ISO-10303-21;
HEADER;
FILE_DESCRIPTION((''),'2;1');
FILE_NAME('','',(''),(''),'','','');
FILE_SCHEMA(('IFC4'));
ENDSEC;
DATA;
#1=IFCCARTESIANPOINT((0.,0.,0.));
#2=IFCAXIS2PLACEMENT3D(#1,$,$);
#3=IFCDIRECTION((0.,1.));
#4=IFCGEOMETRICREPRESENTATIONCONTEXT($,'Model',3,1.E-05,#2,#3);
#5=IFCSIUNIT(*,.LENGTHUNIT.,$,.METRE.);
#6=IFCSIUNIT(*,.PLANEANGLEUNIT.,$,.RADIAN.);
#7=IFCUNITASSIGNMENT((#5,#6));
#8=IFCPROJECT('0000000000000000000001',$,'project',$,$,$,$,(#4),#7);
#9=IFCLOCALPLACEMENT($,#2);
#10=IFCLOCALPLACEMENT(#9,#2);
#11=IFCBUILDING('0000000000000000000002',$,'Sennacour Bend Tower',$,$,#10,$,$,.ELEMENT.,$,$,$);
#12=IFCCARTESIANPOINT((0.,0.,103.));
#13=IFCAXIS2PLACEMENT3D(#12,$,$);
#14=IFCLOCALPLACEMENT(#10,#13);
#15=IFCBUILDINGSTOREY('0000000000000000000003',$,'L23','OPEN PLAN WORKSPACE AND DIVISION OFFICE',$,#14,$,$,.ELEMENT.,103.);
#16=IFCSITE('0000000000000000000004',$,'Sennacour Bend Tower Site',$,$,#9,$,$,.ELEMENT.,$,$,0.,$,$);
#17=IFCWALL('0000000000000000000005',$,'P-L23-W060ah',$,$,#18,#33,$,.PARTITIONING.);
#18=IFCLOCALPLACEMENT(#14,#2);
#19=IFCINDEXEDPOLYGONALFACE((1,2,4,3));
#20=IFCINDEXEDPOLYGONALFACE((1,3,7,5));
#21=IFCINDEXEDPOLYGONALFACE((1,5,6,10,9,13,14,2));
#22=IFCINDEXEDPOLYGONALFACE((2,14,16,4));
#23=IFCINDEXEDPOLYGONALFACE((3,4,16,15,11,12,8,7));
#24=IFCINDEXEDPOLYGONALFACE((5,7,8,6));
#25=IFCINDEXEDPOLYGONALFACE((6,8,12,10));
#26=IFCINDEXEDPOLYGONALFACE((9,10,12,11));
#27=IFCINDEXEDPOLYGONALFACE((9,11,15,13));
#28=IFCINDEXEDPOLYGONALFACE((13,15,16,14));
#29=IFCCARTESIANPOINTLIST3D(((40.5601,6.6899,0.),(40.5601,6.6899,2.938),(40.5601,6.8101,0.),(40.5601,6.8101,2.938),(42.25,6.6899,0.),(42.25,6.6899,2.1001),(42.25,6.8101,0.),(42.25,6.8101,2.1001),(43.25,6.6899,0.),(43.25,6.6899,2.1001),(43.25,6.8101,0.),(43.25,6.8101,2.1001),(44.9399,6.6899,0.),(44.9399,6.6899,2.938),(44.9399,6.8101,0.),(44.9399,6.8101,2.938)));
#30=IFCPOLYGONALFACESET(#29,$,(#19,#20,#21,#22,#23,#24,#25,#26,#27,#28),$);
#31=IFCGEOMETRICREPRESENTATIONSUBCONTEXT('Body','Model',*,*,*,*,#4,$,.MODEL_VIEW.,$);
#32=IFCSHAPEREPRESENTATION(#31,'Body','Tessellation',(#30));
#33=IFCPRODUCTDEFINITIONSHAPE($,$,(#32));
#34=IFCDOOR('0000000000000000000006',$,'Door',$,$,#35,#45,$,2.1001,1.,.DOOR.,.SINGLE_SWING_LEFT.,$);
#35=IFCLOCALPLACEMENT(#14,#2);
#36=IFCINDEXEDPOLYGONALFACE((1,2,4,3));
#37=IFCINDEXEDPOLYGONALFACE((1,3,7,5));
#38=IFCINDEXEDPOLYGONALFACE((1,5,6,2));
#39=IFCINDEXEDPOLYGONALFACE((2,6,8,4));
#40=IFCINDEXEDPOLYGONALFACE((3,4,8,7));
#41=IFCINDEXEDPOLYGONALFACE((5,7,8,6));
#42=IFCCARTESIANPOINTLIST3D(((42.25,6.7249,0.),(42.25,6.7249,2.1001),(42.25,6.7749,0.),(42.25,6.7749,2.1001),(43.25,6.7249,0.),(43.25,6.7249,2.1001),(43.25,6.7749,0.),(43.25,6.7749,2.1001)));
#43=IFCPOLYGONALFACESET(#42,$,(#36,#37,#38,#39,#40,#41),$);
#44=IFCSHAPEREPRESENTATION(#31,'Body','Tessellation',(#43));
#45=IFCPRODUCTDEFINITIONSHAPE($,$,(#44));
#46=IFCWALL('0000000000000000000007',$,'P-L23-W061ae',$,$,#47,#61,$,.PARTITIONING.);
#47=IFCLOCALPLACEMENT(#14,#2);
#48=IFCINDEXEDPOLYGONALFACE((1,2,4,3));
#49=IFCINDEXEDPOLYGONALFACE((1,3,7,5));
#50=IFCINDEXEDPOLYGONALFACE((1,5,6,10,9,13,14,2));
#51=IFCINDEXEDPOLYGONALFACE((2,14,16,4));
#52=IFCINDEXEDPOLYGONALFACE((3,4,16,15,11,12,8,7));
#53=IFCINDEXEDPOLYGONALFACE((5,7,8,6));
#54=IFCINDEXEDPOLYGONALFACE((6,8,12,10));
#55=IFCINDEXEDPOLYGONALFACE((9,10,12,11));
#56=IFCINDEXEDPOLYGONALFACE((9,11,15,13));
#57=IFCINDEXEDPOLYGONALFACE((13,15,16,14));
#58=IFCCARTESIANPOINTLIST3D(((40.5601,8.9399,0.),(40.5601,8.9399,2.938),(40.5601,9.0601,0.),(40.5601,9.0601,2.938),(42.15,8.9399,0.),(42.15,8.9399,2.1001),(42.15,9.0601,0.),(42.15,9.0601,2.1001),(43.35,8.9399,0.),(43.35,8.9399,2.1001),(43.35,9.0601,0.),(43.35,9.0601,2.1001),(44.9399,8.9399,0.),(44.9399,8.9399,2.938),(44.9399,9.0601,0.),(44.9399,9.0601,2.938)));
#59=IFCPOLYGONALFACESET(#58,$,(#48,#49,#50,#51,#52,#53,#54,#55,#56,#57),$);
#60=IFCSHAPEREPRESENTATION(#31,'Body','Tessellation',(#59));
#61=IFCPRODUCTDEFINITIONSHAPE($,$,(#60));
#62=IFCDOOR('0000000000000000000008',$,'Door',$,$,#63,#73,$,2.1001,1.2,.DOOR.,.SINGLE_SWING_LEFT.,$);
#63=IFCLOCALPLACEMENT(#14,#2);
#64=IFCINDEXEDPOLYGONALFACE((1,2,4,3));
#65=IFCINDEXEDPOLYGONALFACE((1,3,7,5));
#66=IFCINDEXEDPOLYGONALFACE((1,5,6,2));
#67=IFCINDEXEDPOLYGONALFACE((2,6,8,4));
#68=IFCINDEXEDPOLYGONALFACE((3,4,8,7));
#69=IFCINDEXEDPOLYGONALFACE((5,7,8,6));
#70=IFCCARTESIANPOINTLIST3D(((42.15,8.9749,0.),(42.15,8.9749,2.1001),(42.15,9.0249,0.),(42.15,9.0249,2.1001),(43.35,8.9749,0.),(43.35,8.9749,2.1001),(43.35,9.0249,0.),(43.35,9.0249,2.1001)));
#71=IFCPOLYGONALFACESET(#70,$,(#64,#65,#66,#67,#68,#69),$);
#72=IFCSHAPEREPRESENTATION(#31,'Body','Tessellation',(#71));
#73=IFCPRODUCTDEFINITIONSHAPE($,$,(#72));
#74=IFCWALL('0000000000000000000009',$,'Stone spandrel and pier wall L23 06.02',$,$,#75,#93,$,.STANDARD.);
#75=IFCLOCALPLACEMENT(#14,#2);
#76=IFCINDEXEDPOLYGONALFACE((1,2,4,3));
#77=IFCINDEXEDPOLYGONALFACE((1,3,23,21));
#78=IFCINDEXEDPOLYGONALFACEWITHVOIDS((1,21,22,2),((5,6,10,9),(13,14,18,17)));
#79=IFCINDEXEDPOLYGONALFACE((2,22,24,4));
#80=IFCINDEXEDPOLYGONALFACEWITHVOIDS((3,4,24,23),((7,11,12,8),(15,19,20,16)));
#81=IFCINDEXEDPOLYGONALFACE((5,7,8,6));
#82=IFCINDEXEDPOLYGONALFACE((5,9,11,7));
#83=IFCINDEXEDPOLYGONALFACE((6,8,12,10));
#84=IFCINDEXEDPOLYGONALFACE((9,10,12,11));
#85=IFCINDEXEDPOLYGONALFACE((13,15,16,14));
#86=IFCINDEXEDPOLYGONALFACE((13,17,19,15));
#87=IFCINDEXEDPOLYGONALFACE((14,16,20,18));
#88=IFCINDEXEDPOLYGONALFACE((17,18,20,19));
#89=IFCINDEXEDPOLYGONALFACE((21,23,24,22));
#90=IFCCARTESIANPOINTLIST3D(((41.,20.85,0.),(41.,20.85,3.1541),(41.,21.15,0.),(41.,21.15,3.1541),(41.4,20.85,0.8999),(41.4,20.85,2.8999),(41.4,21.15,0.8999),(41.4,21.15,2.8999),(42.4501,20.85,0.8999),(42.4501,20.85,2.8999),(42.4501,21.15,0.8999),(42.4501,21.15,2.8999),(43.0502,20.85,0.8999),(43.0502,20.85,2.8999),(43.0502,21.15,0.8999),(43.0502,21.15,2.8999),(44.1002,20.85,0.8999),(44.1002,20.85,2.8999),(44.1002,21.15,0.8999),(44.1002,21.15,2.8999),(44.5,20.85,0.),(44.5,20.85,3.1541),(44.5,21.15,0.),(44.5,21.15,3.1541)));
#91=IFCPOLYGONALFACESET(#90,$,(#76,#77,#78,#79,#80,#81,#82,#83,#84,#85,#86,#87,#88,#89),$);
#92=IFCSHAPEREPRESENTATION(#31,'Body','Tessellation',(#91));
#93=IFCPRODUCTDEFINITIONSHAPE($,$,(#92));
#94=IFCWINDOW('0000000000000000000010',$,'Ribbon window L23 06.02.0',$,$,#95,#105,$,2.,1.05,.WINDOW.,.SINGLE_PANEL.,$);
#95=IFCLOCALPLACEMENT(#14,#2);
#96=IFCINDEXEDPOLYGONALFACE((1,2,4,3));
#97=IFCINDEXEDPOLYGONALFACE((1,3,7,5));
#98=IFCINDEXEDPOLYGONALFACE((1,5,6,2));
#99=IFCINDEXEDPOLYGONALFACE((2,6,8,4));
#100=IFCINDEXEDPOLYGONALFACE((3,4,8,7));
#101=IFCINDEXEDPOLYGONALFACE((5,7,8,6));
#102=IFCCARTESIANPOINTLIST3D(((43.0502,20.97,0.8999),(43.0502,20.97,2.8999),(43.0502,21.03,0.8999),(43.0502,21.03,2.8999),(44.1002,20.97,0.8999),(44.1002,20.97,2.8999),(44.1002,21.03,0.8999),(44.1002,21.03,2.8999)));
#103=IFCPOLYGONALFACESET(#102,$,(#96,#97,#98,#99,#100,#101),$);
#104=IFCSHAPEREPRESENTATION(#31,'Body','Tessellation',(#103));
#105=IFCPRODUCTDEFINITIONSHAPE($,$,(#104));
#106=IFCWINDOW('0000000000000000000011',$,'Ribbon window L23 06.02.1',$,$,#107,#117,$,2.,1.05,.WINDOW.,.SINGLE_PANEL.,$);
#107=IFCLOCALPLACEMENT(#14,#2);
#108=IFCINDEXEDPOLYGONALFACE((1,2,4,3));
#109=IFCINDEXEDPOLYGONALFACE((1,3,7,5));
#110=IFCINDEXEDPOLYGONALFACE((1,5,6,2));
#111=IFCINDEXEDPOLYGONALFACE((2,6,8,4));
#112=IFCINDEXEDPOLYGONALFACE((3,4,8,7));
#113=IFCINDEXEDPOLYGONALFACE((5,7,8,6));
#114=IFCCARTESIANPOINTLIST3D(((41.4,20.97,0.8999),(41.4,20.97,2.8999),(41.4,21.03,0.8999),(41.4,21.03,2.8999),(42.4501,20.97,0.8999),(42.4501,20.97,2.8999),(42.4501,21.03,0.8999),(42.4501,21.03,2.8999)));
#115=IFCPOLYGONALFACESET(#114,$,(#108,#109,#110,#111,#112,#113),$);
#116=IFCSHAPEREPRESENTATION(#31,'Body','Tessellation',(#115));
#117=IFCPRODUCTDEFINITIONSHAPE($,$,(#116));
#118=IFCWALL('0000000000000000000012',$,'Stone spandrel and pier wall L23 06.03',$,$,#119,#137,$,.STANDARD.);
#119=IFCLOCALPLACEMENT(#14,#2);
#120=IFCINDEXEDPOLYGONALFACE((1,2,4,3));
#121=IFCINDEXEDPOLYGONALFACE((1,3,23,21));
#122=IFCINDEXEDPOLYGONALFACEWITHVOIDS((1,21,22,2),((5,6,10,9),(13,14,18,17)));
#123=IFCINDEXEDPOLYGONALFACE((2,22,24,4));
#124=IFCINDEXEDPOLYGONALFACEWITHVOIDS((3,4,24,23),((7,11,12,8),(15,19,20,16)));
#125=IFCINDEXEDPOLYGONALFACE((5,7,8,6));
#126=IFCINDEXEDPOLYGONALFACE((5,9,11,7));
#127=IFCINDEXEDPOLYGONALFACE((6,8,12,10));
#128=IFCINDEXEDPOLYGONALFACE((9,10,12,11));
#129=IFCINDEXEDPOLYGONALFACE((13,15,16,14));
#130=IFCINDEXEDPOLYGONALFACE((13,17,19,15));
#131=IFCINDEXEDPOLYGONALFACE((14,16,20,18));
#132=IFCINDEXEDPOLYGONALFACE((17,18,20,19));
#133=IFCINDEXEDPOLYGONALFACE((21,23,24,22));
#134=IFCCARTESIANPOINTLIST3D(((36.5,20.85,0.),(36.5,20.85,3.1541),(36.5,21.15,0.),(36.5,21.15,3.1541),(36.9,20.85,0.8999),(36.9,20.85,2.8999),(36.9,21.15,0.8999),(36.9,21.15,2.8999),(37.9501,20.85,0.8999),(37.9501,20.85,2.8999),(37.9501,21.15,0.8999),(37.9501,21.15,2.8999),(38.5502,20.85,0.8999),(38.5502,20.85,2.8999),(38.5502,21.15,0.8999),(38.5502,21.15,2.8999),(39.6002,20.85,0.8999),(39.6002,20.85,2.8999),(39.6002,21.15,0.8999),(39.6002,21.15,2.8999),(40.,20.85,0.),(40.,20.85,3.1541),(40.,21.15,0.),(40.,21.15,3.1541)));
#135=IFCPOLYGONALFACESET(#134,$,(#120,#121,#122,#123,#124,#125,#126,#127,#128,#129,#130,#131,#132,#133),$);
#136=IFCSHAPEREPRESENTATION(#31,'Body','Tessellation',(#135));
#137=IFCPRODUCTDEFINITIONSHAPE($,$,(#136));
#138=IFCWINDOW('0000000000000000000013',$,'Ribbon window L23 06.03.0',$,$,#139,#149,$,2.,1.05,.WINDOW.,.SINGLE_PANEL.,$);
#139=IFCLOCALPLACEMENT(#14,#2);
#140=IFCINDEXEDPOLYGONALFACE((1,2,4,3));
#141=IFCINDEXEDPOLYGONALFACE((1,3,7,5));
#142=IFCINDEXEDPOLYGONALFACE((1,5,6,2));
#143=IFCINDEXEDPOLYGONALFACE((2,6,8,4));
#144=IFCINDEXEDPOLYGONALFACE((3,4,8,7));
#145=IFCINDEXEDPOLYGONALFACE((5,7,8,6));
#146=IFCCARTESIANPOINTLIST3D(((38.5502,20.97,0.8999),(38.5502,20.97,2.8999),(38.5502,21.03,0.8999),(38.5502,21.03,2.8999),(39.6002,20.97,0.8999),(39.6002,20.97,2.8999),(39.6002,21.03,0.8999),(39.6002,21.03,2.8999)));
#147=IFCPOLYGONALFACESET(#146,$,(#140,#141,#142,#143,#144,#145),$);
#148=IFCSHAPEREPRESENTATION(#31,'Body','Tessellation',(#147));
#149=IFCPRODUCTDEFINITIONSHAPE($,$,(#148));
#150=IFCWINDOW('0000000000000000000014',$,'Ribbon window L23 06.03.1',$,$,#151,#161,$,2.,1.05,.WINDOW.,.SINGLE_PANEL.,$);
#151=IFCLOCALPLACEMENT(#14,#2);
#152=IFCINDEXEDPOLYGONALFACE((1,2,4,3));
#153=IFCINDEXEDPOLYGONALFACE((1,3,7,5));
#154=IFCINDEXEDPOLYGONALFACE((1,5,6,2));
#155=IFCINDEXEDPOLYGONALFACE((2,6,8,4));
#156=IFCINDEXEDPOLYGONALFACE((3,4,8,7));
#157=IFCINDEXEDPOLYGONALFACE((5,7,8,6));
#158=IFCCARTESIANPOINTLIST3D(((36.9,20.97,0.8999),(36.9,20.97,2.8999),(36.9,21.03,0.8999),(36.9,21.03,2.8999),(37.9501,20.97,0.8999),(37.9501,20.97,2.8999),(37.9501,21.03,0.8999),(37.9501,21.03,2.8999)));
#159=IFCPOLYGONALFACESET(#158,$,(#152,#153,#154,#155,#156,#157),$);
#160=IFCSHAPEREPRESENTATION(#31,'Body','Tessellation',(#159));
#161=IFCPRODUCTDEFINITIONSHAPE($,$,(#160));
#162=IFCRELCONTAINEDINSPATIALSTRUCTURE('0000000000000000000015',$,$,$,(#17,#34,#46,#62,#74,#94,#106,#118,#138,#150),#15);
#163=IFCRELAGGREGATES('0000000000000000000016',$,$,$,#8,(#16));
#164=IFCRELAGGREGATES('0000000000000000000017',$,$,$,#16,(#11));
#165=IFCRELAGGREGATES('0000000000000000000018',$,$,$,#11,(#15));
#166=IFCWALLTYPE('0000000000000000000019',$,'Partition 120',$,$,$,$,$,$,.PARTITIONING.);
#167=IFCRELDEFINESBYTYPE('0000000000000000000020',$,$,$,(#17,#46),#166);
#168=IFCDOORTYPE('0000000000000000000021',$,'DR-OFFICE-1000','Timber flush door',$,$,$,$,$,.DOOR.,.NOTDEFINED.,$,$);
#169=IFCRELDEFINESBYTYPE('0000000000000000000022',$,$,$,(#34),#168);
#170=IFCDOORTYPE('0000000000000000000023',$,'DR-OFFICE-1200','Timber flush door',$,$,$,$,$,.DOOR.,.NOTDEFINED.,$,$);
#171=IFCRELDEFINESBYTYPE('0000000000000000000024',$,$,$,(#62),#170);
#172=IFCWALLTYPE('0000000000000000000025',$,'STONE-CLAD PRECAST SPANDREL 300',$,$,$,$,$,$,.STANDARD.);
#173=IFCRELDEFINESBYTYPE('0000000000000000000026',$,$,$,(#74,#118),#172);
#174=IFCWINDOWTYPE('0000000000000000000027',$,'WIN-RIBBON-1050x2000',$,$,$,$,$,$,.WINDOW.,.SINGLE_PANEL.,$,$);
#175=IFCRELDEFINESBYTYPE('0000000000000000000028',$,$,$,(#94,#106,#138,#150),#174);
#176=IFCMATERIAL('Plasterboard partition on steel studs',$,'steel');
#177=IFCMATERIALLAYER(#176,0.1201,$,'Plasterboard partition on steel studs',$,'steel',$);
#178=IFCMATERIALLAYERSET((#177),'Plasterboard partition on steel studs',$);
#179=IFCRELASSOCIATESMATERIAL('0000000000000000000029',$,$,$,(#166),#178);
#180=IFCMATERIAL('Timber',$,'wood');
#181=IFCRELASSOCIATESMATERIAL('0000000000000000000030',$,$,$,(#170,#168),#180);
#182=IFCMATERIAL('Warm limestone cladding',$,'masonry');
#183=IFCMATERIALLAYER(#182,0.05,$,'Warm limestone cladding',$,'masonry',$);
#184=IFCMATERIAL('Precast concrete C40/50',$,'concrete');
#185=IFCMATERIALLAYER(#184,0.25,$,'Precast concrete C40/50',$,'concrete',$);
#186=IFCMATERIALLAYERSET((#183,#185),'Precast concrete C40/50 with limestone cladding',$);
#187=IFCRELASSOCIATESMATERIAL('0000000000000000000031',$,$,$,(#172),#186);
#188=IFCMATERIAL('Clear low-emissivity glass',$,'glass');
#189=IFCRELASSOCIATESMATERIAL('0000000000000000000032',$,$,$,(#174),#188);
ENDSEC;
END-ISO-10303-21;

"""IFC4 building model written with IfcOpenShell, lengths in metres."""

from ifc_helpers import new_model, si_unit, direction, frame, frame_2d, origin, place, context, subcontext, project, spatial, rectangle, extrude, material, layer, layer_set, type_object, element, fill, save


model = new_model("IFC4")

# Units and contexts
model_context = context("Model", 3, precision=1e-05, world=origin(), true_north=direction((0.0, 1.0)))
body_context = subcontext(model_context, "Body", "Model", "MODEL_VIEW")
ifc_project = project(units=[si_unit("LENGTHUNIT", "METRE"), si_unit("PLANEANGLEUNIT", "RADIAN")], contexts=[model_context])

# Site, building, storey
site_placement = place(None, origin())
site = spatial("IfcSite", under=ifc_project, at=site_placement, Name="Sennacour Bend Tower Site", CompositionType="ELEMENT", RefElevation=0.0)
building_placement = place(site_placement, origin())
building = spatial("IfcBuilding", under=site, at=building_placement, Name="Sennacour Bend Tower", CompositionType="ELEMENT")
storey_placement = place(building_placement, frame((0.0, 0.0, 103.0)))
storey = spatial("IfcBuildingStorey", under=building, at=storey_placement, Name="L23", Description="OPEN PLAN WORKSPACE AND DIVISION OFFICE", CompositionType="ELEMENT", Elevation=103.0)

# Shared definitions
ifc_material_1 = material(Name="Plasterboard partition on steel studs", Category="steel")
ifc_layer_1 = layer(ifc_material_1, 0.1201, Name="Plasterboard partition on steel studs", Category="steel")
ifc_layer_set_1 = layer_set([ifc_layer_1], Name="Plasterboard partition on steel studs")
wall_type_1 = type_object("IfcWallType", Name="Partition 120", PredefinedType="PARTITIONING", material=ifc_layer_set_1)

# Walls, openings, doors
ifc_material_2 = material(Name="Timber", Category="wood")
door_type_1 = type_object("IfcDoorType", Name="DR-OFFICE-1200", Description="Timber flush door", OperationType="NOTDEFINED", PredefinedType="DOOR", material=ifc_material_2)
wall_1_placement = place(storey_placement, frame((40.5601, 6.75, 0.0), z_axis=(0.0, 0.0, 1.0), x_axis=(1.0, 0.0, 0.0)))
wall_1 = element("IfcWall", 1, at=wall_1_placement, inside=storey, type_object=wall_type_1, Name="P-L23-W060ah", PredefinedType="PARTITIONING", context=body_context, shape_type="SweptSolid", body=[
    extrude(rectangle(XDim=4.3799, YDim=0.1201, at=frame_2d((2.1899, 0.0))), origin(), (0.0, 0.0, 1.0), 2.938),
])
opening_1_placement = place(wall_1_placement, frame((1.6899, 0.0, 0.0)))
opening_1 = element("IfcOpeningElement", 2, at=opening_1_placement, cuts=wall_1, PredefinedType="OPENING", context=body_context, shape_type="SweptSolid", body=[
    extrude(rectangle(XDim=1.0, YDim=2.1001, at=frame_2d((0.5, 1.05))), frame((0.0, 0.0701, 0.0), z_axis=(0.0, -1.0, 0.0), x_axis=(1.0, 0.0, 0.0)), (0.0, 0.0, 1.0), 0.1401),
])
door_type_2 = type_object("IfcDoorType", Name="DR-OFFICE-1000", Description="Timber flush door", OperationType="NOTDEFINED", PredefinedType="DOOR", material=ifc_material_2)
door_1_placement = place(opening_1_placement, origin())
door_1 = element("IfcDoor", 3, at=door_1_placement, inside=storey, type_object=door_type_2, Name="Door", OperationType="SINGLE_SWING_LEFT", OverallHeight=2.1001, OverallWidth=1.0, PredefinedType="DOOR", context=body_context, shape_type="SweptSolid", body=[
    extrude(rectangle(XDim=1.0, YDim=2.1001, at=frame_2d((0.5, 1.05))), frame((0.0, 0.0249, 0.0), z_axis=(0.0, -1.0, 0.0), x_axis=(1.0, 0.0, 0.0)), (0.0, 0.0, 1.0), 0.05),
])
fill(opening_1, door_1)
wall_2_placement = place(storey_placement, frame((40.5601, 9.0, 0.0), z_axis=(0.0, 0.0, 1.0), x_axis=(1.0, 0.0, 0.0)))
wall_2 = element("IfcWall", 4, at=wall_2_placement, inside=storey, type_object=wall_type_1, Name="P-L23-W061ae", PredefinedType="PARTITIONING", context=body_context, shape_type="SweptSolid", body=[
    extrude(rectangle(XDim=4.3799, YDim=0.1201, at=frame_2d((2.1899, 0.0))), origin(), (0.0, 0.0, 1.0), 2.938),
])
opening_2_placement = place(wall_2_placement, frame((1.5898, 0.0, 0.0)))
opening_2 = element("IfcOpeningElement", 5, at=opening_2_placement, cuts=wall_2, PredefinedType="OPENING", context=body_context, shape_type="SweptSolid", body=[
    extrude(rectangle(XDim=1.2, YDim=2.1001, at=frame_2d((0.6001, 1.05))), frame((0.0, 0.0701, 0.0), z_axis=(0.0, -1.0, 0.0), x_axis=(1.0, 0.0, 0.0)), (0.0, 0.0, 1.0), 0.1401),
])
door_2_placement = place(opening_2_placement, origin())
door_2 = element("IfcDoor", 6, at=door_2_placement, inside=storey, type_object=door_type_1, Name="Door", OperationType="SINGLE_SWING_LEFT", OverallHeight=2.1001, OverallWidth=1.2, PredefinedType="DOOR", context=body_context, shape_type="SweptSolid", body=[
    extrude(rectangle(XDim=1.2, YDim=2.1001, at=frame_2d((0.6001, 1.05))), frame((0.0, 0.0249, 0.0), z_axis=(0.0, -1.0, 0.0), x_axis=(1.0, 0.0, 0.0)), (0.0, 0.0, 1.0), 0.05),
])
fill(opening_2, door_2)

# Walls, openings, windows
ifc_material_3 = material(Name="Warm limestone cladding", Category="masonry")
ifc_layer_2 = layer(ifc_material_3, 0.05, Name="Warm limestone cladding", Category="masonry")
ifc_material_4 = material(Name="Precast concrete C40/50", Category="concrete")
ifc_layer_3 = layer(ifc_material_4, 0.25, Name="Precast concrete C40/50", Category="concrete")
ifc_layer_set_2 = layer_set([ifc_layer_2, ifc_layer_3], Name="Precast concrete C40/50 with limestone cladding")
wall_type_2 = type_object("IfcWallType", Name="STONE-CLAD PRECAST SPANDREL 300", PredefinedType="STANDARD", material=ifc_layer_set_2)
wall_3_placement = place(storey_placement, frame((44.5, 21.0, 0.0), z_axis=(0.0, 0.0, 1.0), x_axis=(-1.0, 0.0, 0.0)))
wall_3 = element("IfcWall", 7, at=wall_3_placement, inside=storey, type_object=wall_type_2, Name="Stone spandrel and pier wall L23 06.02", PredefinedType="STANDARD", context=body_context, shape_type="SweptSolid", body=[
    extrude(rectangle(XDim=3.5, YDim=0.3, at=frame_2d((1.75, 0.0))), origin(), (0.0, 0.0, 1.0), 3.1541),
])
opening_3_placement = place(wall_3_placement, frame((0.3999, 0.0, 0.8999)))
opening_3 = element("IfcOpeningElement", 8, at=opening_3_placement, cuts=wall_3, PredefinedType="OPENING", context=body_context, shape_type="SweptSolid", body=[
    extrude(rectangle(XDim=1.05, YDim=2.0, at=frame_2d((0.5249, 1.0))), frame((0.0, 0.1602, 0.0), z_axis=(0.0, -1.0, 0.0), x_axis=(1.0, 0.0, 0.0)), (0.0, 0.0, 1.0), 0.3201),
])
opening_4_placement = place(wall_3_placement, frame((2.05, 0.0, 0.8999)))
opening_4 = element("IfcOpeningElement", 9, at=opening_4_placement, cuts=wall_3, PredefinedType="OPENING", context=body_context, shape_type="SweptSolid", body=[
    extrude(rectangle(XDim=1.05, YDim=2.0, at=frame_2d((0.5249, 1.0))), frame((0.0, 0.1602, 0.0), z_axis=(0.0, -1.0, 0.0), x_axis=(1.0, 0.0, 0.0)), (0.0, 0.0, 1.0), 0.3201),
])
ifc_material_5 = material(Name="Clear low-emissivity glass", Category="glass")
window_type = type_object("IfcWindowType", Name="WIN-RIBBON-1050x2000", PartitioningType="SINGLE_PANEL", PredefinedType="WINDOW", material=ifc_material_5)
window_1_placement = place(opening_3_placement, origin())
window_1 = element("IfcWindow", 10, at=window_1_placement, inside=storey, type_object=window_type, Name="Ribbon window L23 06.02.0", OverallHeight=2.0, OverallWidth=1.05, PartitioningType="SINGLE_PANEL", PredefinedType="WINDOW", context=body_context, shape_type="SweptSolid", body=[
    extrude(rectangle(XDim=1.05, YDim=2.0, at=frame_2d((0.5249, 1.0))), frame((0.0, 0.03, 0.0), z_axis=(0.0, -1.0, 0.0), x_axis=(1.0, 0.0, 0.0)), (0.0, 0.0, 1.0), 0.0601),
])
fill(opening_3, window_1)
window_2_placement = place(opening_4_placement, origin())
window_2 = element("IfcWindow", 11, at=window_2_placement, inside=storey, type_object=window_type, Name="Ribbon window L23 06.02.1", OverallHeight=2.0, OverallWidth=1.05, PartitioningType="SINGLE_PANEL", PredefinedType="WINDOW", context=body_context, shape_type="SweptSolid", body=[
    extrude(rectangle(XDim=1.05, YDim=2.0, at=frame_2d((0.5249, 1.0))), frame((0.0, 0.03, 0.0), z_axis=(0.0, -1.0, 0.0), x_axis=(1.0, 0.0, 0.0)), (0.0, 0.0, 1.0), 0.0601),
])
fill(opening_4, window_2)
wall_4_placement = place(storey_placement, frame((40.0, 21.0, 0.0), z_axis=(0.0, 0.0, 1.0), x_axis=(-1.0, 0.0, 0.0)))
wall_4 = element("IfcWall", 12, at=wall_4_placement, inside=storey, type_object=wall_type_2, Name="Stone spandrel and pier wall L23 06.03", PredefinedType="STANDARD", context=body_context, shape_type="SweptSolid", body=[
    extrude(rectangle(XDim=3.5, YDim=0.3, at=frame_2d((1.75, 0.0))), origin(), (0.0, 0.0, 1.0), 3.1541),
])
opening_5_placement = place(wall_4_placement, frame((0.3999, 0.0, 0.8999)))
opening_5 = element("IfcOpeningElement", 13, at=opening_5_placement, cuts=wall_4, PredefinedType="OPENING", context=body_context, shape_type="SweptSolid", body=[
    extrude(rectangle(XDim=1.05, YDim=2.0, at=frame_2d((0.5249, 1.0))), frame((0.0, 0.1602, 0.0), z_axis=(0.0, -1.0, 0.0), x_axis=(1.0, 0.0, 0.0)), (0.0, 0.0, 1.0), 0.3201),
])
opening_6_placement = place(wall_4_placement, frame((2.05, 0.0, 0.8999)))
opening_6 = element("IfcOpeningElement", 14, at=opening_6_placement, cuts=wall_4, PredefinedType="OPENING", context=body_context, shape_type="SweptSolid", body=[
    extrude(rectangle(XDim=1.05, YDim=2.0, at=frame_2d((0.5249, 1.0))), frame((0.0, 0.1602, 0.0), z_axis=(0.0, -1.0, 0.0), x_axis=(1.0, 0.0, 0.0)), (0.0, 0.0, 1.0), 0.3201),
])
window_3_placement = place(opening_5_placement, origin())
window_3 = element("IfcWindow", 15, at=window_3_placement, inside=storey, type_object=window_type, Name="Ribbon window L23 06.03.0", OverallHeight=2.0, OverallWidth=1.05, PartitioningType="SINGLE_PANEL", PredefinedType="WINDOW", context=body_context, shape_type="SweptSolid", body=[
    extrude(rectangle(XDim=1.05, YDim=2.0, at=frame_2d((0.5249, 1.0))), frame((0.0, 0.03, 0.0), z_axis=(0.0, -1.0, 0.0), x_axis=(1.0, 0.0, 0.0)), (0.0, 0.0, 1.0), 0.0601),
])
fill(opening_5, window_3)
window_4_placement = place(opening_6_placement, origin())
window_4 = element("IfcWindow", 16, at=window_4_placement, inside=storey, type_object=window_type, Name="Ribbon window L23 06.03.1", OverallHeight=2.0, OverallWidth=1.05, PartitioningType="SINGLE_PANEL", PredefinedType="WINDOW", context=body_context, shape_type="SweptSolid", body=[
    extrude(rectangle(XDim=1.05, YDim=2.0, at=frame_2d((0.5249, 1.0))), frame((0.0, 0.03, 0.0), z_axis=(0.0, -1.0, 0.0), x_axis=(1.0, 0.0, 0.0)), (0.0, 0.0, 1.0), 0.0601),
])
fill(opening_6, window_4)

save(model, "model.ifc")
